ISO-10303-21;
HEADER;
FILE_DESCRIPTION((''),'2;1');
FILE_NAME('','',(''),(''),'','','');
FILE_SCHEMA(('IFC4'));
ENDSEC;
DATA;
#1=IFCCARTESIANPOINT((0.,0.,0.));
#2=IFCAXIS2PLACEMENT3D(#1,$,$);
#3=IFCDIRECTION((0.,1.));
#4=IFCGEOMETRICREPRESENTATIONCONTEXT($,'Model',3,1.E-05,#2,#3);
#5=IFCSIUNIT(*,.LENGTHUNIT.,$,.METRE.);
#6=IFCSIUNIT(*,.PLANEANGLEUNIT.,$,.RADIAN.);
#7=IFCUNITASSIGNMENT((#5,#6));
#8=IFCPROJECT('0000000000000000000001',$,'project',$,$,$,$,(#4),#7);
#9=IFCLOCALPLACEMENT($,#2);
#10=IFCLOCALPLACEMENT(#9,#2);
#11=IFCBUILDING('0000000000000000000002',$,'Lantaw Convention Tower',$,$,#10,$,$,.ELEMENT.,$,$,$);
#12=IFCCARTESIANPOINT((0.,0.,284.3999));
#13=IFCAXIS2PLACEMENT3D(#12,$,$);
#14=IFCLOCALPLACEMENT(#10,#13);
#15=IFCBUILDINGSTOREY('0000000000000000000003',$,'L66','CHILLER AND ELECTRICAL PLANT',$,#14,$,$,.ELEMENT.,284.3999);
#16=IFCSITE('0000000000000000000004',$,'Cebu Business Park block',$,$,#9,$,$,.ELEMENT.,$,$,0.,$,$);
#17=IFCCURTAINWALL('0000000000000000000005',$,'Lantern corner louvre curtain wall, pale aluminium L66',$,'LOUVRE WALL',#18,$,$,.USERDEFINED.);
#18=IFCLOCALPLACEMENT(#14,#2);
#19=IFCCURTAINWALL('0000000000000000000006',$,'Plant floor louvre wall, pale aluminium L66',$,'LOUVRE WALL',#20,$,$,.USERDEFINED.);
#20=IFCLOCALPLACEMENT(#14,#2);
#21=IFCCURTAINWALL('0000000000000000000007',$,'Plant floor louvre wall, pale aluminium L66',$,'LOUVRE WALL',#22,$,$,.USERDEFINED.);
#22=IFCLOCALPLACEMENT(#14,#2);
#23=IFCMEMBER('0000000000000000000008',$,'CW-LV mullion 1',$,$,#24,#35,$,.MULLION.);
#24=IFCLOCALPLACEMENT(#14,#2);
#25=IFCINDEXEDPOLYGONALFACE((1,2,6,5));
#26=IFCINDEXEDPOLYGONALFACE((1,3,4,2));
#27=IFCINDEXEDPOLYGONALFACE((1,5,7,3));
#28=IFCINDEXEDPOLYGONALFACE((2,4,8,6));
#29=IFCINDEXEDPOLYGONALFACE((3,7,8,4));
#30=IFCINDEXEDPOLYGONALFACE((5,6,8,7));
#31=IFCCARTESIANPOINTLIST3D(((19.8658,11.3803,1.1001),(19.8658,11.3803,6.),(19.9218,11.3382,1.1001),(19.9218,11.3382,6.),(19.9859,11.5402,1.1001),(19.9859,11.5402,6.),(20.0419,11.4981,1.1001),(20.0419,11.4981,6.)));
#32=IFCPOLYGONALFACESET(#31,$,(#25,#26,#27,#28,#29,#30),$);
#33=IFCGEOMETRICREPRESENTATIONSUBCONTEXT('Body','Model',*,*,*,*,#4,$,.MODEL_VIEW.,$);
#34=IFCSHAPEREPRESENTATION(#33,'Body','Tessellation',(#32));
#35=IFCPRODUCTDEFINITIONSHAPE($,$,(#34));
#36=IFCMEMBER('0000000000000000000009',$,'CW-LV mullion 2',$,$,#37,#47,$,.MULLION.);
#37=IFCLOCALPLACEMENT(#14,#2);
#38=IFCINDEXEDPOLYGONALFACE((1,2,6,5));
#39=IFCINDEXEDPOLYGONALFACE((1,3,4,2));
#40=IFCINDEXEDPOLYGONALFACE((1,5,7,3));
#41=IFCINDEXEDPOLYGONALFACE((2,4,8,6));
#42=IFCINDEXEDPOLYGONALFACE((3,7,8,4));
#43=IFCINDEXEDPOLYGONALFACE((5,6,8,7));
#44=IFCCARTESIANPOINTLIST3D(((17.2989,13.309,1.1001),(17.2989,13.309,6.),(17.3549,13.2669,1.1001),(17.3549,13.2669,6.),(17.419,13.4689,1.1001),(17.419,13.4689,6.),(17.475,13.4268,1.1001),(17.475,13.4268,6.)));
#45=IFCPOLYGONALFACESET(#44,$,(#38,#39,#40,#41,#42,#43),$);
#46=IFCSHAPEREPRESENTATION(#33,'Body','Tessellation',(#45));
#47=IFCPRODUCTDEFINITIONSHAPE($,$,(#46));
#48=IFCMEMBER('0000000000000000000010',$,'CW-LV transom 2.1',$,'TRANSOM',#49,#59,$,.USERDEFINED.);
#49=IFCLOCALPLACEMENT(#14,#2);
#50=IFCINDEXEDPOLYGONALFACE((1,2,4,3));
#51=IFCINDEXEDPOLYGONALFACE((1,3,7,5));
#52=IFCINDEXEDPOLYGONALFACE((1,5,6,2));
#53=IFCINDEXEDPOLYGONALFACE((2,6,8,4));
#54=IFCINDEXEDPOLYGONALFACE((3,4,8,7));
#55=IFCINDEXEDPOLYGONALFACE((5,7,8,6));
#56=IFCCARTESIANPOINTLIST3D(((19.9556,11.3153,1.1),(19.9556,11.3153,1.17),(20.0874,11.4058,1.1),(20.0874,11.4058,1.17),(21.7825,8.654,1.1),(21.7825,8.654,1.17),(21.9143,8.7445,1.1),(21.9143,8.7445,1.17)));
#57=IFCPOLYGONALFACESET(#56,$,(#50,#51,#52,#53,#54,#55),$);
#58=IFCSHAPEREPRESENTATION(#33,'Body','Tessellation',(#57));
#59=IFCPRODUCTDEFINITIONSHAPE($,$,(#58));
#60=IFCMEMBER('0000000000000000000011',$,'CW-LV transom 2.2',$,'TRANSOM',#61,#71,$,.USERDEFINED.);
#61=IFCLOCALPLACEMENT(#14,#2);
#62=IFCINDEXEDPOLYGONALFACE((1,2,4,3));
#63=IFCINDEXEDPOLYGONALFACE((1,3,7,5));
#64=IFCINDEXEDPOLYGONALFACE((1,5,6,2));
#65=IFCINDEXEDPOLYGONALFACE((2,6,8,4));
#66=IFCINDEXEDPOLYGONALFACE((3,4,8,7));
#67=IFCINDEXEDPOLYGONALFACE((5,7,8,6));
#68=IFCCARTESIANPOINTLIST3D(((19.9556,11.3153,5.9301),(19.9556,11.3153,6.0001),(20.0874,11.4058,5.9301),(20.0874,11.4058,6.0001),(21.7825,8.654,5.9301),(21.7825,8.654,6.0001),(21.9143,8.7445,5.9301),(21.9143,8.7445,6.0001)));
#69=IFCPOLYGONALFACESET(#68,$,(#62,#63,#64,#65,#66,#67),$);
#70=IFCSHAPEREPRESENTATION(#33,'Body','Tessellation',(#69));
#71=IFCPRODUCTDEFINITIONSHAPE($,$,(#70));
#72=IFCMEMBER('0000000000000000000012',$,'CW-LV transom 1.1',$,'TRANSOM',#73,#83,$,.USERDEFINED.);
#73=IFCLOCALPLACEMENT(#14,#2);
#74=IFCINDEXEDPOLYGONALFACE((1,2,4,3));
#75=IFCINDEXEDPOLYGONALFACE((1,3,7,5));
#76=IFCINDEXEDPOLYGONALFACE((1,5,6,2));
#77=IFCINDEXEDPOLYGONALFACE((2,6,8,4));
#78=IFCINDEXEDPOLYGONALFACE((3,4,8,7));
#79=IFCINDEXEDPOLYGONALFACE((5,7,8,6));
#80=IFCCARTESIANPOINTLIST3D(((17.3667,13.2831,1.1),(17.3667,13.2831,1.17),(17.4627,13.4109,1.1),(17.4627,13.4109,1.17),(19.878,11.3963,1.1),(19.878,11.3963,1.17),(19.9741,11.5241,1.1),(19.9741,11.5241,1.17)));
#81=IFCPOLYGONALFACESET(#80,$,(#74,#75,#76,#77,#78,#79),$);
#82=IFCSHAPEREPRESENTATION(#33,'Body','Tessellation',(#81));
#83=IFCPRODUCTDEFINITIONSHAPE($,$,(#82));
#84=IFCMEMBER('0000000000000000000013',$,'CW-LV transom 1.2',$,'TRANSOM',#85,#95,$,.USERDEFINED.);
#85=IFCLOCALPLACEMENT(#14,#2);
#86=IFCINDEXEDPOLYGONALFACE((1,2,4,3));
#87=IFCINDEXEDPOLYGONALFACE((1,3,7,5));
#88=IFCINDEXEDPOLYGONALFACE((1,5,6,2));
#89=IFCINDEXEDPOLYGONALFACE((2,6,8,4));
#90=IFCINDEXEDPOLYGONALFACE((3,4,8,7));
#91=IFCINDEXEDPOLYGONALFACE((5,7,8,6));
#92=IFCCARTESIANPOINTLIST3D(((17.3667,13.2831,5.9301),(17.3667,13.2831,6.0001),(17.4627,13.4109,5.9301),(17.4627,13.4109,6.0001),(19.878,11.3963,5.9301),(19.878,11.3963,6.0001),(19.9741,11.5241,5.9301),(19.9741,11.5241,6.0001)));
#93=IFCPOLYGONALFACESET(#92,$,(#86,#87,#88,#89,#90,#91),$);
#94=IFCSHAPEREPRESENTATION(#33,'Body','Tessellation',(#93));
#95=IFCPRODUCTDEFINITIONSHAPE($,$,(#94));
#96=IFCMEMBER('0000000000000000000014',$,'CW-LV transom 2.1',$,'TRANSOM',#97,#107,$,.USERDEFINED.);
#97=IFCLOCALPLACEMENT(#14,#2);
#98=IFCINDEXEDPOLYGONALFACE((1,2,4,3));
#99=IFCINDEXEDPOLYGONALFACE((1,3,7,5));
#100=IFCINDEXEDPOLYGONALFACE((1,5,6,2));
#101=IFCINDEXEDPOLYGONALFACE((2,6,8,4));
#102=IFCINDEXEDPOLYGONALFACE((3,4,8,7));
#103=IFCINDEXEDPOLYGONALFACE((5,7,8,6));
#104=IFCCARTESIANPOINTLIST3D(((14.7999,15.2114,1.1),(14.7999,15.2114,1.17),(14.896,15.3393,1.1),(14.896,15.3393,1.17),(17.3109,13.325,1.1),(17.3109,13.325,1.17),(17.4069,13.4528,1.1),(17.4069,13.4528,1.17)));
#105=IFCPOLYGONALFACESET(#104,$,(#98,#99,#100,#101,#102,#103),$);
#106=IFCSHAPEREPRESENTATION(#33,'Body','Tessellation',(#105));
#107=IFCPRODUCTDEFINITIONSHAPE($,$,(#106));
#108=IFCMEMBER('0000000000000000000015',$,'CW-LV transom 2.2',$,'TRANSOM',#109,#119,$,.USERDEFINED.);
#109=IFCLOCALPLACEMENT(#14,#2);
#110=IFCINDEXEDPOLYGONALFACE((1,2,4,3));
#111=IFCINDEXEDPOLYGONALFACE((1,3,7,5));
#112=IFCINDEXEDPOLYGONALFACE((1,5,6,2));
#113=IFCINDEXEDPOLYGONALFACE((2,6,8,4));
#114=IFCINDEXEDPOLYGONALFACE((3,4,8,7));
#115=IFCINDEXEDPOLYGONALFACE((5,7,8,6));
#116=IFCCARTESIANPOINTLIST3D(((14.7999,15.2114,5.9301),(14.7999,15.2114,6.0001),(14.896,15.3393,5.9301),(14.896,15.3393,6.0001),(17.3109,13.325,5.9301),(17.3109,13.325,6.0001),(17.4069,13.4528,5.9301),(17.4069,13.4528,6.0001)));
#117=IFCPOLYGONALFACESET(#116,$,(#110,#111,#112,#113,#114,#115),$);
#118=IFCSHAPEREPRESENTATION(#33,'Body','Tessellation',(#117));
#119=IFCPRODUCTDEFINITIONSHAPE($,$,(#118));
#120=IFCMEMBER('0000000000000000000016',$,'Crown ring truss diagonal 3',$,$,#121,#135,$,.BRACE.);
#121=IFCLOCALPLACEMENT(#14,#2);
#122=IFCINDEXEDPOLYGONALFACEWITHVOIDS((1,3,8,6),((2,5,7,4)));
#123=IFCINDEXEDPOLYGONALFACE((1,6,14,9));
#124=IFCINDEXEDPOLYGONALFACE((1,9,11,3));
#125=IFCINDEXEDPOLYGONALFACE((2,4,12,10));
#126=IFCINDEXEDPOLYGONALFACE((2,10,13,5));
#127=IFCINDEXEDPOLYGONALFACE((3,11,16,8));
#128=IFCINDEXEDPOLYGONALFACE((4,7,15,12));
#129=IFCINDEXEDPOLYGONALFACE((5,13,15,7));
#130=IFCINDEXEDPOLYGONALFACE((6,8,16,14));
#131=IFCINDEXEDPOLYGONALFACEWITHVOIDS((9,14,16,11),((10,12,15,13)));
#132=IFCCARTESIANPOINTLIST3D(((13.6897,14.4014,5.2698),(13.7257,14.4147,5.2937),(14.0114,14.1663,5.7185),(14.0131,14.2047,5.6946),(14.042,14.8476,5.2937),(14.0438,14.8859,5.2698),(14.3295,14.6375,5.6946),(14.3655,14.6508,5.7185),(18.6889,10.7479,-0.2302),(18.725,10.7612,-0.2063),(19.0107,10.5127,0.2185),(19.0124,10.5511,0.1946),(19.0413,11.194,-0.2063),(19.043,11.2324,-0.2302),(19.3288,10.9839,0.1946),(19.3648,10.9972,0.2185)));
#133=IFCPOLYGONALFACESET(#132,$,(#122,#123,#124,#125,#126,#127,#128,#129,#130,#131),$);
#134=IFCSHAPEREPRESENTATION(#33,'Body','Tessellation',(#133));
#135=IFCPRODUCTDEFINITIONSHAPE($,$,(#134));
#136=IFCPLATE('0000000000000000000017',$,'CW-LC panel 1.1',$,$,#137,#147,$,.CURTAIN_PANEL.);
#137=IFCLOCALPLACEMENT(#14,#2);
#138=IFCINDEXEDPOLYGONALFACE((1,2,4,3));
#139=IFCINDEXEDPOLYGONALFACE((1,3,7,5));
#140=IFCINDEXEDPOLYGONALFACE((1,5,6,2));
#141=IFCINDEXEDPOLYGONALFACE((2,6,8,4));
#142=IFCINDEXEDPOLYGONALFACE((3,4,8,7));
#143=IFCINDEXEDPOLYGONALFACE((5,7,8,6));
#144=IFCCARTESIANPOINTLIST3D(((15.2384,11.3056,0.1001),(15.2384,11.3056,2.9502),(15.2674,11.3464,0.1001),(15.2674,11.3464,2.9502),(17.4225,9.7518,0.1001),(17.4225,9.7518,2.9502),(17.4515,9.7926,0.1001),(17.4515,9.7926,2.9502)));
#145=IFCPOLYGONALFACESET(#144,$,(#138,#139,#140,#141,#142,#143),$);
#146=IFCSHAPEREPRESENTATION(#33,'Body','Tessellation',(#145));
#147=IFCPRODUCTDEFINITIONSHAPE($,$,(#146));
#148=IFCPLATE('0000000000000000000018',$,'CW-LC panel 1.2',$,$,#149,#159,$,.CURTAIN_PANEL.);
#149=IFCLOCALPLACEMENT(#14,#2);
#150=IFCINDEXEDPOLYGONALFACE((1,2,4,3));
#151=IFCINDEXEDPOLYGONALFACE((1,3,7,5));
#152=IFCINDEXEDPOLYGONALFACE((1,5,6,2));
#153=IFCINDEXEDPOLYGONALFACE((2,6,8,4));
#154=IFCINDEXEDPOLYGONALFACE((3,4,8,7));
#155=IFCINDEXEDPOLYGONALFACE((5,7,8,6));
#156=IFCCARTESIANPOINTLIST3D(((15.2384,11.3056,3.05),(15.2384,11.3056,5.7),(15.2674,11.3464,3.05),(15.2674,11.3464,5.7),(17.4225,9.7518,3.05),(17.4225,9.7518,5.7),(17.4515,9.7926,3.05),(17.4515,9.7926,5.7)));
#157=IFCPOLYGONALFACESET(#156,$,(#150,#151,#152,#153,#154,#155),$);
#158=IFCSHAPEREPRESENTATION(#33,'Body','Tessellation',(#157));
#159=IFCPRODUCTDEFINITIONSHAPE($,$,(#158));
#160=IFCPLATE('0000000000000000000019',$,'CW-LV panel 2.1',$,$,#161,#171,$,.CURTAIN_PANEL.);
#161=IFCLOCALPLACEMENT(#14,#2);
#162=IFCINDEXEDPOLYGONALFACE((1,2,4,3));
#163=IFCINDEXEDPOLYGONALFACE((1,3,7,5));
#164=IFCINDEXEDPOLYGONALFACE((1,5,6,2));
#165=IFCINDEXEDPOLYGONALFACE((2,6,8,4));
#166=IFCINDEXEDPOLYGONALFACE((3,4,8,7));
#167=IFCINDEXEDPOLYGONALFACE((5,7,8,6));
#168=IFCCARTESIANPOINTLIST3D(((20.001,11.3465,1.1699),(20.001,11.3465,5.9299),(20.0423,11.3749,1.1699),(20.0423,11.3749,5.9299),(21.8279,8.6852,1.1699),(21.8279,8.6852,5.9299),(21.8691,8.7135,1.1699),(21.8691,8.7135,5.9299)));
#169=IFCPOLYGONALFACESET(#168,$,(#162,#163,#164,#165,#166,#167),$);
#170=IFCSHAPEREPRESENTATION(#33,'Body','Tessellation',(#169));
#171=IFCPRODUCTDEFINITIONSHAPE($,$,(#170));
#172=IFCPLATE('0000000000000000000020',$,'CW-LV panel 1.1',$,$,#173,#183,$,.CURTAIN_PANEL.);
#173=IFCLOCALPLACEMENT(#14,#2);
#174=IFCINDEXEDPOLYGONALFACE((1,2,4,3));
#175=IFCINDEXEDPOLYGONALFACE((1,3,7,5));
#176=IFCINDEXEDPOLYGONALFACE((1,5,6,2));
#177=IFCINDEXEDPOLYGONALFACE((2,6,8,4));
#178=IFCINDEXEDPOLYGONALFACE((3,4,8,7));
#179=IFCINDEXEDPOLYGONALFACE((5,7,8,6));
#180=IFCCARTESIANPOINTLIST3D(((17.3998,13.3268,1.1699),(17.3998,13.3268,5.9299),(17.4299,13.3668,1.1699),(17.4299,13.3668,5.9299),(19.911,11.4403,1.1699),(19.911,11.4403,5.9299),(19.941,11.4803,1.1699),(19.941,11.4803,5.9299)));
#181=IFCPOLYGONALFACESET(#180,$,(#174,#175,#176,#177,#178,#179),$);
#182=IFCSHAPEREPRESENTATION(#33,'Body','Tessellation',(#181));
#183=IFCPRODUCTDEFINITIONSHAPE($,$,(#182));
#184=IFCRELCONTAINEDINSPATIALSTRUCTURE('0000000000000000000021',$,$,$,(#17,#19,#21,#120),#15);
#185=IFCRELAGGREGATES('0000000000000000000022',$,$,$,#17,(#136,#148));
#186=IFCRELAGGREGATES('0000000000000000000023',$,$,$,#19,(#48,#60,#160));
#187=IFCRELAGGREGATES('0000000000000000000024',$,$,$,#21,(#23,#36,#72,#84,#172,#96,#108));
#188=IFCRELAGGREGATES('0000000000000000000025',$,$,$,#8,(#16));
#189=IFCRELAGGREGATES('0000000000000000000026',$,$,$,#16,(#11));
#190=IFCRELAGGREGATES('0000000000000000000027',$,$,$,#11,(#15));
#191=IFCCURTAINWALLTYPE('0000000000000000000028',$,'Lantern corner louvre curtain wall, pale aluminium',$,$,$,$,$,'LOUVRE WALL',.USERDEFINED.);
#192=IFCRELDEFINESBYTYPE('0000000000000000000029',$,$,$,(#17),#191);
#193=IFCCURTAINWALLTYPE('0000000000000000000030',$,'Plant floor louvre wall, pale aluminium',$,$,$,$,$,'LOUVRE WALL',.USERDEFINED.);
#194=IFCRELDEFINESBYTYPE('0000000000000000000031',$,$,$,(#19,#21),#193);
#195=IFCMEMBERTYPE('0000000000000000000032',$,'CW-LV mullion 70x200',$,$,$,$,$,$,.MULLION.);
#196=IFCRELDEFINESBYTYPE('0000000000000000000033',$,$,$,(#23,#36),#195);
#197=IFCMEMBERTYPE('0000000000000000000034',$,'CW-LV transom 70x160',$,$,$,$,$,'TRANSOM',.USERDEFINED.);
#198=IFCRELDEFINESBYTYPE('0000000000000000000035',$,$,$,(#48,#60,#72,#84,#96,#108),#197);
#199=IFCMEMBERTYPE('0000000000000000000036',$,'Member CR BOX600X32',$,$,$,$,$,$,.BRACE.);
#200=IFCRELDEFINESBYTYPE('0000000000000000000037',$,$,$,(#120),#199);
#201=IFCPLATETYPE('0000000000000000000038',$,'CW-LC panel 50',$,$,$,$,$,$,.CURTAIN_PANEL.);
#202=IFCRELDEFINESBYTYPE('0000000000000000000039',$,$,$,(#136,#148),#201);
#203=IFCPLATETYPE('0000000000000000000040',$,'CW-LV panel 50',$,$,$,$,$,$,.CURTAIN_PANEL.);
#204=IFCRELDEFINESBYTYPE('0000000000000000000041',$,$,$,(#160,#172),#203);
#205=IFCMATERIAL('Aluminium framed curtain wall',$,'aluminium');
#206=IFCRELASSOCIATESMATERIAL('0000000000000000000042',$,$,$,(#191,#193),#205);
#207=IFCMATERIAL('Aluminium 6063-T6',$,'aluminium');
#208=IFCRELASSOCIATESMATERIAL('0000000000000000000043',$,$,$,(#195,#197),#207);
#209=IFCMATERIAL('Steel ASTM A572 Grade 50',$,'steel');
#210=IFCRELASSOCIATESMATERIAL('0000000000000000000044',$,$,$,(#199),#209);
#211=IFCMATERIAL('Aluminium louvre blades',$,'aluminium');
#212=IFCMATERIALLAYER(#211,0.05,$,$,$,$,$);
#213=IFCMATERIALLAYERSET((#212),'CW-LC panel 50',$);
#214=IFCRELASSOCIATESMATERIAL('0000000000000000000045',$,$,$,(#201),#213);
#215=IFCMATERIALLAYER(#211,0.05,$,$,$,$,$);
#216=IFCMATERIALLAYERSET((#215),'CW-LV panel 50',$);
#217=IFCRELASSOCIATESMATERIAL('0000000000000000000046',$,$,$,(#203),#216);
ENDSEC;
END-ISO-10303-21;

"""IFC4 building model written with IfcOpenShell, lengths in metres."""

from ifc_helpers import new_model, si_unit, direction, frame, origin, origin_2d, place, context, subcontext, project, spatial, rectangle, hollow_rectangle, extrude, material, layer, layer_set, material_profile, profile_set, type_object, element, aggregate, save


model = new_model("IFC4")

# Units and contexts
model_context = context("Model", 3, precision=1e-05, world=origin(), true_north=direction((0.0, 1.0)))
body_context = subcontext(model_context, "Body", "Model", "MODEL_VIEW")
ifc_project = project(units=[si_unit("LENGTHUNIT", "METRE"), si_unit("PLANEANGLEUNIT", "RADIAN")], contexts=[model_context])

# Site, building, storey
site_placement = place(None, origin())
site = spatial("IfcSite", under=ifc_project, at=site_placement, Name="Cebu Business Park block", CompositionType="ELEMENT", RefElevation=0.0)
building_placement = place(site_placement, origin())
building = spatial("IfcBuilding", under=site, at=building_placement, Name="Lantaw Convention Tower", CompositionType="ELEMENT")
storey_placement = place(building_placement, frame((0.0, 0.0, 284.3999)))
storey = spatial("IfcBuildingStorey", under=building, at=storey_placement, Name="L66", Description="CHILLER AND ELECTRICAL PLANT", CompositionType="ELEMENT", Elevation=284.3999)

# Shared definitions
ifc_material_1 = material(Name="Steel ASTM A572 Grade 50", Category="steel")

# Curtain wall
ifc_material_2 = material(Name="Aluminium framed curtain wall", Category="aluminium")
curtain_wall_type_1 = type_object("IfcCurtainWallType", Name="Lantern corner louvre curtain wall, pale aluminium", ElementType="LOUVRE WALL", PredefinedType="USERDEFINED", material=ifc_material_2)
curtain_wall_1_placement = place(storey_placement, origin())
curtain_wall_1 = element("IfcCurtainWall", 1, at=curtain_wall_1_placement, inside=storey, type_object=curtain_wall_type_1, Name="Lantern corner louvre curtain wall, pale aluminium L66", ObjectType="LOUVRE WALL", PredefinedType="USERDEFINED")
ifc_material_3 = material(Name="Aluminium 6063-T6", Category="aluminium")

# Curtain wall
curtain_wall_type_2 = type_object("IfcCurtainWallType", Name="Plant floor louvre wall, pale aluminium", ElementType="LOUVRE WALL", PredefinedType="USERDEFINED", material=ifc_material_2)
curtain_wall_2_placement = place(storey_placement, origin())
curtain_wall_2 = element("IfcCurtainWall", 2, at=curtain_wall_2_placement, inside=storey, type_object=curtain_wall_type_2, Name="Plant floor louvre wall, pale aluminium L66", ObjectType="LOUVRE WALL", PredefinedType="USERDEFINED")
ifc_material_profile_1 = material_profile(ifc_material_3, rectangle(XDim=0.2, YDim=0.0701, at=origin_2d()), Name="CW-LV mullion 70x200")
ifc_profile_set_1 = profile_set([ifc_material_profile_1], Name="Aluminium 6063-T6")
member_type_1 = type_object("IfcMemberType", Name="CW-LV mullion 70x200", PredefinedType="MULLION", material=ifc_profile_set_1)

# Curtain wall, members
curtain_wall_3_placement = place(storey_placement, origin())
curtain_wall_3 = element("IfcCurtainWall", 3, at=curtain_wall_3_placement, inside=storey, type_object=curtain_wall_type_2, Name="Plant floor louvre wall, pale aluminium L66", ObjectType="LOUVRE WALL", PredefinedType="USERDEFINED")
member_1_placement = place(storey_placement, frame((19.9539, 11.4392, 1.1001), z_axis=(0.0, 0.0, 1.0), x_axis=(-0.600643, -0.799518, 0.0)))
member_1 = element("IfcMember", 4, at=member_1_placement, type_object=member_type_1, Name="CW-LV mullion 1", PredefinedType="MULLION", context=body_context, shape_type="SweptSolid", body=[
    extrude(rectangle(XDim=0.2, YDim=0.0701, at=origin_2d()), origin(), (0.0, 0.0, 1.0), 4.8999),
])
member_2_placement = place(storey_placement, frame((17.387, 13.3679, 1.1001), z_axis=(0.0, 0.0, 1.0), x_axis=(-0.600643, -0.799518, 0.0)))
member_2 = element("IfcMember", 5, at=member_2_placement, type_object=member_type_1, Name="CW-LV mullion 2", PredefinedType="MULLION", context=body_context, shape_type="SweptSolid", body=[
    extrude(rectangle(XDim=0.2, YDim=0.0701, at=origin_2d()), origin(), (0.0, 0.0, 1.0), 4.8999),
])

# Members
ifc_material_profile_2 = material_profile(ifc_material_3, rectangle(XDim=0.1599, YDim=0.0701, at=origin_2d()), Name="CW-LV transom 70x160")
ifc_profile_set_2 = profile_set([ifc_material_profile_2], Name="Aluminium 6063-T6")
member_type_2 = type_object("IfcMemberType", Name="CW-LV transom 70x160", ElementType="TRANSOM", PredefinedType="USERDEFINED", material=ifc_profile_set_2)
member_3_placement = place(storey_placement, frame((21.8484, 8.6992, 1.135), z_axis=(-0.565941, 0.824446, 0.0), x_axis=(-0.824446, -0.565941, 0.0)))
member_3 = element("IfcMember", 6, at=member_3_placement, type_object=member_type_2, Name="CW-LV transom 2.1", ObjectType="TRANSOM", PredefinedType="USERDEFINED", context=body_context, shape_type="SweptSolid", body=[
    extrude(rectangle(XDim=0.1599, YDim=0.0701, at=origin_2d()), origin(), (0.0, 0.0, 1.0), 3.228),
])
member_4_placement = place(storey_placement, frame((21.8484, 8.6992, 5.9651), z_axis=(-0.565941, 0.824446, 0.0), x_axis=(-0.824446, -0.565941, 0.0)))
member_4 = element("IfcMember", 7, at=member_4_placement, type_object=member_type_2, Name="CW-LV transom 2.2", ObjectType="TRANSOM", PredefinedType="USERDEFINED", context=body_context, shape_type="SweptSolid", body=[
    extrude(rectangle(XDim=0.1599, YDim=0.0701, at=origin_2d()), origin(), (0.0, 0.0, 1.0), 3.228),
])
member_5_placement = place(storey_placement, frame((19.926, 11.4602, 1.135), z_axis=(-0.799496, 0.600671, 0.0), x_axis=(-0.600671, -0.799496, 0.0)))
member_5 = element("IfcMember", 8, at=member_5_placement, type_object=member_type_2, Name="CW-LV transom 1.1", ObjectType="TRANSOM", PredefinedType="USERDEFINED", context=body_context, shape_type="SweptSolid", body=[
    extrude(rectangle(XDim=0.1599, YDim=0.0701, at=origin_2d()), origin(), (0.0, 0.0, 1.0), 3.1411),
])
member_6_placement = place(storey_placement, frame((19.926, 11.4602, 5.9651), z_axis=(-0.799496, 0.600671, 0.0), x_axis=(-0.600671, -0.799496, 0.0)))
member_6 = element("IfcMember", 9, at=member_6_placement, type_object=member_type_2, Name="CW-LV transom 1.2", ObjectType="TRANSOM", PredefinedType="USERDEFINED", context=body_context, shape_type="SweptSolid", body=[
    extrude(rectangle(XDim=0.1599, YDim=0.0701, at=origin_2d()), origin(), (0.0, 0.0, 1.0), 3.1411),
])
member_7_placement = place(storey_placement, frame((17.3589, 13.3889, 1.135), z_axis=(-0.799505, 0.600659, 0.0), x_axis=(-0.600659, -0.799505, 0.0)))
member_7 = element("IfcMember", 10, at=member_7_placement, type_object=member_type_2, Name="CW-LV transom 2.1", ObjectType="TRANSOM", PredefinedType="USERDEFINED", context=body_context, shape_type="SweptSolid", body=[
    extrude(rectangle(XDim=0.1599, YDim=0.0701, at=origin_2d()), origin(), (0.0, 0.0, 1.0), 3.1406),
])
member_8_placement = place(storey_placement, frame((17.3589, 13.3889, 5.9651), z_axis=(-0.799505, 0.600659, 0.0), x_axis=(-0.600659, -0.799505, 0.0)))
member_8 = element("IfcMember", 11, at=member_8_placement, type_object=member_type_2, Name="CW-LV transom 2.2", ObjectType="TRANSOM", PredefinedType="USERDEFINED", context=body_context, shape_type="SweptSolid", body=[
    extrude(rectangle(XDim=0.1599, YDim=0.0701, at=origin_2d()), origin(), (0.0, 0.0, 1.0), 3.1406),
])
ifc_material_profile_3 = material_profile(ifc_material_1, hollow_rectangle(XDim=0.6001, YDim=0.6001, WallThickness=0.032, at=origin_2d()), Name="BOX600X32")
ifc_profile_set_3 = profile_set([ifc_material_profile_3], Name="Steel ASTM A572 Grade 50")
member_type_3 = type_object("IfcMemberType", Name="Member CR BOX600X32", PredefinedType="BRACE", material=ifc_profile_set_3)
member_9_placement = place(storey_placement, frame((19.0269, 10.8726, -0.0059), z_axis=(-0.603632, 0.441146, 0.664092), x_axis=(-0.590043, -0.807372, 0.0)))
element("IfcMember", 12, at=member_9_placement, inside=storey, type_object=member_type_3, Name="Crown ring truss diagonal 3", PredefinedType="BRACE", context=body_context, shape_type="SweptSolid", body=[
    extrude(hollow_rectangle(XDim=0.6001, YDim=0.6001, WallThickness=0.032, at=origin_2d()), origin(), (0.0, 0.0, 1.0), 8.282),
])

# Plates
ifc_material_4 = material(Name="Aluminium louvre blades", Category="aluminium")
ifc_layer_1 = layer(ifc_material_4, 0.05)
ifc_layer_set_1 = layer_set([ifc_layer_1], Name="CW-LC panel 50")
plate_type_1 = type_object("IfcPlateType", Name="CW-LC panel 50", PredefinedType="CURTAIN_PANEL", material=ifc_layer_set_1)
plate_1_placement = place(storey_placement, frame((16.345, 10.5491, 0.1001), z_axis=(0.0, 0.0, 1.0), x_axis=(-0.814841, 0.579684, 0.0)))
plate_1 = element("IfcPlate", 13, at=plate_1_placement, type_object=plate_type_1, Name="CW-LC panel 1.1", PredefinedType="CURTAIN_PANEL", context=body_context, shape_type="SweptSolid", body=[
    extrude(rectangle(XDim=2.6804, YDim=0.05, at=origin_2d()), origin(), (0.0, 0.0, 1.0), 2.8501),
])
plate_2_placement = place(storey_placement, frame((16.345, 10.5491, 3.05), z_axis=(0.0, 0.0, 1.0), x_axis=(-0.814841, 0.579684, 0.0)))
plate_2 = element("IfcPlate", 14, at=plate_2_placement, type_object=plate_type_1, Name="CW-LC panel 1.2", PredefinedType="CURTAIN_PANEL", context=body_context, shape_type="SweptSolid", body=[
    extrude(rectangle(XDim=2.6804, YDim=0.05, at=origin_2d()), origin(), (0.0, 0.0, 1.0), 2.6499),
])
aggregate(curtain_wall_1, [plate_1, plate_2])
ifc_layer_2 = layer(ifc_material_4, 0.05)
ifc_layer_set_2 = layer_set([ifc_layer_2], Name="CW-LV panel 50")
plate_type_2 = type_object("IfcPlateType", Name="CW-LV panel 50", PredefinedType="CURTAIN_PANEL", material=ifc_layer_set_2)
plate_3_placement = place(storey_placement, frame((20.9351, 10.03, 1.1699), z_axis=(0.0, 0.0, 1.0), x_axis=(-0.565935, 0.82445, 0.0)))
plate_3 = element("IfcPlate", 15, at=plate_3_placement, type_object=plate_type_2, Name="CW-LV panel 2.1", PredefinedType="CURTAIN_PANEL", context=body_context, shape_type="SweptSolid", body=[
    extrude(rectangle(XDim=3.228, YDim=0.05, at=origin_2d()), origin(), (0.0, 0.0, 1.0), 4.76),
])
aggregate(curtain_wall_2, [member_3, member_4, plate_3])
plate_4_placement = place(storey_placement, frame((18.6704, 12.4036, 1.1699), z_axis=(0.0, 0.0, 1.0), x_axis=(-0.799518, 0.600643, 0.0)))
plate_4 = element("IfcPlate", 16, at=plate_4_placement, type_object=plate_type_2, Name="CW-LV panel 1.1", PredefinedType="CURTAIN_PANEL", context=body_context, shape_type="SweptSolid", body=[
    extrude(rectangle(XDim=3.1409, YDim=0.05, at=origin_2d()), origin(), (0.0, 0.0, 1.0), 4.76),
])
aggregate(curtain_wall_3, [member_1, member_2, member_5, member_6, plate_4, member_7, member_8])

save(model, "model.ifc")
